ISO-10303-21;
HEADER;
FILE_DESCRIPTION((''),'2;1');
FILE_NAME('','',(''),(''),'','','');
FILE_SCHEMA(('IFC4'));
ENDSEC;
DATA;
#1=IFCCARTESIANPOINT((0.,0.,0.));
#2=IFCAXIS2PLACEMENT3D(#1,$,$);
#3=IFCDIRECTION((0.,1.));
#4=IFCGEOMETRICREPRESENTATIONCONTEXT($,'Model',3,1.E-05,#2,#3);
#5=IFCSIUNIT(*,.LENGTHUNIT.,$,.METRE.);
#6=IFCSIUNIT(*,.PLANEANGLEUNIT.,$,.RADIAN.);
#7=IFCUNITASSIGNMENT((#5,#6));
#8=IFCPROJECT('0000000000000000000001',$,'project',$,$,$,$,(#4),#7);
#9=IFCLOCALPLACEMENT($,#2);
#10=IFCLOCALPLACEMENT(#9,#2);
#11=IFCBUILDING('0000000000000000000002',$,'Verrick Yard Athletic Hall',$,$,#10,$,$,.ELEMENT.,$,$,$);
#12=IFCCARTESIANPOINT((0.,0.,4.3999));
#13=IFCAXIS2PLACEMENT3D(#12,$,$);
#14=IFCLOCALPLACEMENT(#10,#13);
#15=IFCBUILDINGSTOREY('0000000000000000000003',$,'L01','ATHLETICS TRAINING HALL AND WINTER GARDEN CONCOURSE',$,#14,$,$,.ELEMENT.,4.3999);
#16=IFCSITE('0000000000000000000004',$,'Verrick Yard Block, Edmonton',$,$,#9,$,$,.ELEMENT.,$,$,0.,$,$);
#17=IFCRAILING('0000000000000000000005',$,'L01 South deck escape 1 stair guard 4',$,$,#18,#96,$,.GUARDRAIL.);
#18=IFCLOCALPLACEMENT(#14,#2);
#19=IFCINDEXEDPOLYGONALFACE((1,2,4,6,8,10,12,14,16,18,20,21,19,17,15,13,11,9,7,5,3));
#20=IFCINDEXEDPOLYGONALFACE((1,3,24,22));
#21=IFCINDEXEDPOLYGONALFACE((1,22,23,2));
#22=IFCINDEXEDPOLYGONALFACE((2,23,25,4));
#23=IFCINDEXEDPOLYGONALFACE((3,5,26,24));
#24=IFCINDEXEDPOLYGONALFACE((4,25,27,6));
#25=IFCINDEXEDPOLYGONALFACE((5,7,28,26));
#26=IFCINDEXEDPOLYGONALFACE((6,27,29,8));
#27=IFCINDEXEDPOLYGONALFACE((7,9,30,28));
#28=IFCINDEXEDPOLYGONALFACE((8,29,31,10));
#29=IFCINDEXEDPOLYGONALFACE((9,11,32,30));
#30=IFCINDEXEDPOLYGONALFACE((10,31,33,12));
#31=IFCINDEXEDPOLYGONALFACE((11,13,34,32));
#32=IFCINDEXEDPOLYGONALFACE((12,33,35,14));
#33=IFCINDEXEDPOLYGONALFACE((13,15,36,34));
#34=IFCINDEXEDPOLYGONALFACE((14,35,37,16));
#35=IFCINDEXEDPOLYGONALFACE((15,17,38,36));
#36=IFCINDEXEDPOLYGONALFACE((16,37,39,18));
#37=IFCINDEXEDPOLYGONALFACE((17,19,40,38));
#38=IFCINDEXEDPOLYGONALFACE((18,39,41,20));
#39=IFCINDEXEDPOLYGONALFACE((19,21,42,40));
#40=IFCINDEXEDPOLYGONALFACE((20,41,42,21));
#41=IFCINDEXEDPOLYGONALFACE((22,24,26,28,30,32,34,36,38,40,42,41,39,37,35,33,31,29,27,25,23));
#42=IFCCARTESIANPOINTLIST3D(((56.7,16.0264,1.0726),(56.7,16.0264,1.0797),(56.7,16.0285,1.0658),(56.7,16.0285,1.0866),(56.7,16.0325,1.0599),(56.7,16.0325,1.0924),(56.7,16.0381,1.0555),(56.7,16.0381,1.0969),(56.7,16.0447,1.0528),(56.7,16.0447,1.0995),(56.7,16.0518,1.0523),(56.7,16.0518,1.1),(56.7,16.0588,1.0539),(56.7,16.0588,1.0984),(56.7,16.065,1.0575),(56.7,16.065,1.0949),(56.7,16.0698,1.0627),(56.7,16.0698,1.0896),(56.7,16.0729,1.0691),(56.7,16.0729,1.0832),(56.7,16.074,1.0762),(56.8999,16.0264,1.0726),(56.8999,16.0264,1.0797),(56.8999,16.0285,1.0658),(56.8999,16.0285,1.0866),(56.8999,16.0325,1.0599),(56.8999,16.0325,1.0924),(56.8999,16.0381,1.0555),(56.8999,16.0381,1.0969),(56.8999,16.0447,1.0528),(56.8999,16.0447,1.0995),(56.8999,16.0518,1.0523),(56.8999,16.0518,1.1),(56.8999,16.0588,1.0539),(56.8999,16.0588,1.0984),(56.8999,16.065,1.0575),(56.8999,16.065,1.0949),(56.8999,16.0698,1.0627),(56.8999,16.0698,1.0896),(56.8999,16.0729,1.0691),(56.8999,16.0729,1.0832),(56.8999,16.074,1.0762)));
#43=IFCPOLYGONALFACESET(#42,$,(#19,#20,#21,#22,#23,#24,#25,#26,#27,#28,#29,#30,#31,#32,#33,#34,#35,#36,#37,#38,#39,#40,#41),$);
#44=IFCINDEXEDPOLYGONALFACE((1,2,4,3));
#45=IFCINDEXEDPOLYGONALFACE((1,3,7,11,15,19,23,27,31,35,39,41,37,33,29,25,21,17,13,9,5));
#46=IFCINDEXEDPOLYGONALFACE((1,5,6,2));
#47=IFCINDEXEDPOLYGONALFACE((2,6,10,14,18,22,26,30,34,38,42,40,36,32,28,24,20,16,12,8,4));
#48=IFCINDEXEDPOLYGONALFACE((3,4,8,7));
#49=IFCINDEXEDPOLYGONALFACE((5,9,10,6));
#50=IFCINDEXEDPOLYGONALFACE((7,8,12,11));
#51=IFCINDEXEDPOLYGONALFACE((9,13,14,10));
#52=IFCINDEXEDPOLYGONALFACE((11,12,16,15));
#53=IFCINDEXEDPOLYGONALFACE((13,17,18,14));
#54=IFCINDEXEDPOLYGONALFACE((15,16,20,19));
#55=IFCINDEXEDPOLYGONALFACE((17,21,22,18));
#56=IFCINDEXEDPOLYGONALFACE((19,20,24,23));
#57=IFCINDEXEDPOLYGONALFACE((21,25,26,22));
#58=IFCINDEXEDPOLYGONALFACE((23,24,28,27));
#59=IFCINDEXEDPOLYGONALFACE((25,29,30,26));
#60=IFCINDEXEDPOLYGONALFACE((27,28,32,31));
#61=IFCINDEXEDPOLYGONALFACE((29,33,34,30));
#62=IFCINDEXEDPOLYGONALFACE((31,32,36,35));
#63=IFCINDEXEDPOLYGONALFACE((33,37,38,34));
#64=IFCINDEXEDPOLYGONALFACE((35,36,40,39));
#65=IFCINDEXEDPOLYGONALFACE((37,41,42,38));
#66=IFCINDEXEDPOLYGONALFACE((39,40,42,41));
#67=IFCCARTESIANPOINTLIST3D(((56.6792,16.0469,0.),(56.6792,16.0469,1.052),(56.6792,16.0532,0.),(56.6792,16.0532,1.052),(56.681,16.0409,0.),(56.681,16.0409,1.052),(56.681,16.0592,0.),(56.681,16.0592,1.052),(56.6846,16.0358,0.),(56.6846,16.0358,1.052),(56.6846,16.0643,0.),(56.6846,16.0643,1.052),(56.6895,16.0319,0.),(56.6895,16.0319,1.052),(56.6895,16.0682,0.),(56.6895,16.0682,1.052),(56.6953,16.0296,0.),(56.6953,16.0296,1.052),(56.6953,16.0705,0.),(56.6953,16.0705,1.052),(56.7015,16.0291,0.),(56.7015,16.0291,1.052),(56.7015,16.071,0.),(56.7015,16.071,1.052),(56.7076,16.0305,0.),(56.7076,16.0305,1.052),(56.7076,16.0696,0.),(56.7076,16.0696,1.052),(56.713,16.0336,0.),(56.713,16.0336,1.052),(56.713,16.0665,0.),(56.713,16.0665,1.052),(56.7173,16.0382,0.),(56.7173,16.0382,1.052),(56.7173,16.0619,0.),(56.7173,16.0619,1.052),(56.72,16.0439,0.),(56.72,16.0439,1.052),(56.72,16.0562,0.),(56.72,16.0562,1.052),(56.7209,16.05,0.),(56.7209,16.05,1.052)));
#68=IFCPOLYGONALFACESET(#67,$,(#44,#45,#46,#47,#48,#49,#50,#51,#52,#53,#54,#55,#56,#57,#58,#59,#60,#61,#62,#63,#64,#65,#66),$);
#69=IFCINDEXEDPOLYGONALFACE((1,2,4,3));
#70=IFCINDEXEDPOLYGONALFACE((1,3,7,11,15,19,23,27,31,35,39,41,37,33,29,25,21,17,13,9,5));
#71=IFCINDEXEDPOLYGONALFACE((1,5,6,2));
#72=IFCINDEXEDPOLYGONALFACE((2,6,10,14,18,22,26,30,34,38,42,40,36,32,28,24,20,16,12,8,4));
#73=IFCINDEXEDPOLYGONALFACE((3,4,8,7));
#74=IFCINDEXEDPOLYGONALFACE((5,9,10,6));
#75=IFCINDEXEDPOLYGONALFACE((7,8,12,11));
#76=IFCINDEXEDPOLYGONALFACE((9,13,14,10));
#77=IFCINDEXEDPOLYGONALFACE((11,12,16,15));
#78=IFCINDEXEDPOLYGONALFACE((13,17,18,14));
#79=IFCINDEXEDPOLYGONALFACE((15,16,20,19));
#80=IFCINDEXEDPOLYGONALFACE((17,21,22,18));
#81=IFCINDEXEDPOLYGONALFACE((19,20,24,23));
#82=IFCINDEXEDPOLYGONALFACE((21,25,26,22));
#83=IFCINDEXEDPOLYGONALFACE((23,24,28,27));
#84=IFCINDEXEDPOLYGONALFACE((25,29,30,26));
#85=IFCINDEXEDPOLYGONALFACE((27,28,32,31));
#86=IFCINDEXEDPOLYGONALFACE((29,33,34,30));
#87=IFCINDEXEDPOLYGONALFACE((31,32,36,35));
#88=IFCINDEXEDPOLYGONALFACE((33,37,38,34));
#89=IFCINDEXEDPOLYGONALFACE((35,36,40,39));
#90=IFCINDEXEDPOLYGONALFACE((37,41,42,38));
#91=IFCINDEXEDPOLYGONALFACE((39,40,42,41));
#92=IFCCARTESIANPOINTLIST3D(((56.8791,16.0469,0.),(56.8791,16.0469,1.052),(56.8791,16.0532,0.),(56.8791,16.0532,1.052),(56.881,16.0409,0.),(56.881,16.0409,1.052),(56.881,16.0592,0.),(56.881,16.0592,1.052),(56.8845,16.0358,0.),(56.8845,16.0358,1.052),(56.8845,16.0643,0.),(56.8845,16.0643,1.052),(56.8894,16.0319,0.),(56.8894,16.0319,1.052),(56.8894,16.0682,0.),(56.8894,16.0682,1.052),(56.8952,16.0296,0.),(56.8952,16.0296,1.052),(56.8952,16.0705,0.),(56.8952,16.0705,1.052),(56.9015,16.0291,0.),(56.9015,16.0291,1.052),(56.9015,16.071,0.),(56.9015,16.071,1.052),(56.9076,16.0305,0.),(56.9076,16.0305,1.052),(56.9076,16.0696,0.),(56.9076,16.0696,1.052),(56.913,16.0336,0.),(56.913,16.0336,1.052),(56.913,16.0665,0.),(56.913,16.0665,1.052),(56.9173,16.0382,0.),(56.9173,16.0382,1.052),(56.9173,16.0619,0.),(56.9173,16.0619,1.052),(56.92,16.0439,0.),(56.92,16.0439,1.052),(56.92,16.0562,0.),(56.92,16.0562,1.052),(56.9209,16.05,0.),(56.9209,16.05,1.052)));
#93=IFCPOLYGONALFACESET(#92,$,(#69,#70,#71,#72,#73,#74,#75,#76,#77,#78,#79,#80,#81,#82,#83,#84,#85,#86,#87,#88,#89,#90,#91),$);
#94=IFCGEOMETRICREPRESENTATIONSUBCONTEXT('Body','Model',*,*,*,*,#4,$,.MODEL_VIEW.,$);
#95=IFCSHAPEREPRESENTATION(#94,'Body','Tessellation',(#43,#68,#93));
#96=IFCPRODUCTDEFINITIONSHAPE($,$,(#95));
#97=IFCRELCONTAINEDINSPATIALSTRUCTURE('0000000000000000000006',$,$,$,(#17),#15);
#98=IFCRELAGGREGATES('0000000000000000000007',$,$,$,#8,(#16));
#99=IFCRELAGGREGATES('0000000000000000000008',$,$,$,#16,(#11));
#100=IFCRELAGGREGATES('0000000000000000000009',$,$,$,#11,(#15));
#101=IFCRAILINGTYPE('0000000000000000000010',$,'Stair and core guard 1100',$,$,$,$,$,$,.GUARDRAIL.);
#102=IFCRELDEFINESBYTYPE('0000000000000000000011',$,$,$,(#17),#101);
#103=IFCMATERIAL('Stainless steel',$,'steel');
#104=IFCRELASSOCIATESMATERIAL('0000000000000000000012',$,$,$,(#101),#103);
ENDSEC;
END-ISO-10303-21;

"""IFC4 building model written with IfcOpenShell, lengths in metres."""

from ifc_helpers import new_model, si_unit, direction, frame, origin, origin_2d, place, context, subcontext, project, spatial, circle, extrude, material, type_object, element, save


model = new_model("IFC4")

# Units and contexts
model_context = context("Model", 3, precision=1e-05, world=origin(), true_north=direction((0.0, 1.0)))
body_context = subcontext(model_context, "Body", "Model", "MODEL_VIEW")
ifc_project = project(units=[si_unit("LENGTHUNIT", "METRE"), si_unit("PLANEANGLEUNIT", "RADIAN")], contexts=[model_context])

# Site, building, storey
site_placement = place(None, origin())
site = spatial("IfcSite", under=ifc_project, at=site_placement, Name="Verrick Yard Block, Edmonton", CompositionType="ELEMENT", RefElevation=0.0)
building_placement = place(site_placement, origin())
building = spatial("IfcBuilding", under=site, at=building_placement, Name="Verrick Yard Athletic Hall", CompositionType="ELEMENT")
storey_placement = place(building_placement, frame((0.0, 0.0, 4.3999)))
storey = spatial("IfcBuildingStorey", under=building, at=storey_placement, Name="L01", Description="ATHLETICS TRAINING HALL AND WINTER GARDEN CONCOURSE", CompositionType="ELEMENT", Elevation=4.3999)

# Railing
ifc_material_1 = material(Name="Stainless steel", Category="steel")
railing_type_1 = type_object("IfcRailingType", Name="Stair and core guard 1100", PredefinedType="GUARDRAIL", material=ifc_material_1)
railing_1_placement = place(storey_placement, frame((56.7, 16.05, 0.0)))
element("IfcRailing", 1, at=railing_1_placement, inside=storey, type_object=railing_type_1, Name="L01 South deck escape 1 stair guard 4", PredefinedType="GUARDRAIL", context=body_context, shape_type="SweptSolid", body=[
    extrude(circle(Radius=0.0239, at=origin_2d()), frame((0.0, 0.0, 1.0762), z_axis=(1.0, 0.0, 0.0), x_axis=(0.0, 1.0, 0.0)), (0.0, 0.0, 1.0), 0.2),
    extrude(circle(Radius=0.021, at=origin_2d()), origin(), (0.0, 0.0, 1.0), 1.052),
    extrude(circle(Radius=0.021, at=origin_2d()), frame((0.2, 0.0, 0.0)), (0.0, 0.0, 1.0), 1.052),
])

save(model, "model.ifc")
